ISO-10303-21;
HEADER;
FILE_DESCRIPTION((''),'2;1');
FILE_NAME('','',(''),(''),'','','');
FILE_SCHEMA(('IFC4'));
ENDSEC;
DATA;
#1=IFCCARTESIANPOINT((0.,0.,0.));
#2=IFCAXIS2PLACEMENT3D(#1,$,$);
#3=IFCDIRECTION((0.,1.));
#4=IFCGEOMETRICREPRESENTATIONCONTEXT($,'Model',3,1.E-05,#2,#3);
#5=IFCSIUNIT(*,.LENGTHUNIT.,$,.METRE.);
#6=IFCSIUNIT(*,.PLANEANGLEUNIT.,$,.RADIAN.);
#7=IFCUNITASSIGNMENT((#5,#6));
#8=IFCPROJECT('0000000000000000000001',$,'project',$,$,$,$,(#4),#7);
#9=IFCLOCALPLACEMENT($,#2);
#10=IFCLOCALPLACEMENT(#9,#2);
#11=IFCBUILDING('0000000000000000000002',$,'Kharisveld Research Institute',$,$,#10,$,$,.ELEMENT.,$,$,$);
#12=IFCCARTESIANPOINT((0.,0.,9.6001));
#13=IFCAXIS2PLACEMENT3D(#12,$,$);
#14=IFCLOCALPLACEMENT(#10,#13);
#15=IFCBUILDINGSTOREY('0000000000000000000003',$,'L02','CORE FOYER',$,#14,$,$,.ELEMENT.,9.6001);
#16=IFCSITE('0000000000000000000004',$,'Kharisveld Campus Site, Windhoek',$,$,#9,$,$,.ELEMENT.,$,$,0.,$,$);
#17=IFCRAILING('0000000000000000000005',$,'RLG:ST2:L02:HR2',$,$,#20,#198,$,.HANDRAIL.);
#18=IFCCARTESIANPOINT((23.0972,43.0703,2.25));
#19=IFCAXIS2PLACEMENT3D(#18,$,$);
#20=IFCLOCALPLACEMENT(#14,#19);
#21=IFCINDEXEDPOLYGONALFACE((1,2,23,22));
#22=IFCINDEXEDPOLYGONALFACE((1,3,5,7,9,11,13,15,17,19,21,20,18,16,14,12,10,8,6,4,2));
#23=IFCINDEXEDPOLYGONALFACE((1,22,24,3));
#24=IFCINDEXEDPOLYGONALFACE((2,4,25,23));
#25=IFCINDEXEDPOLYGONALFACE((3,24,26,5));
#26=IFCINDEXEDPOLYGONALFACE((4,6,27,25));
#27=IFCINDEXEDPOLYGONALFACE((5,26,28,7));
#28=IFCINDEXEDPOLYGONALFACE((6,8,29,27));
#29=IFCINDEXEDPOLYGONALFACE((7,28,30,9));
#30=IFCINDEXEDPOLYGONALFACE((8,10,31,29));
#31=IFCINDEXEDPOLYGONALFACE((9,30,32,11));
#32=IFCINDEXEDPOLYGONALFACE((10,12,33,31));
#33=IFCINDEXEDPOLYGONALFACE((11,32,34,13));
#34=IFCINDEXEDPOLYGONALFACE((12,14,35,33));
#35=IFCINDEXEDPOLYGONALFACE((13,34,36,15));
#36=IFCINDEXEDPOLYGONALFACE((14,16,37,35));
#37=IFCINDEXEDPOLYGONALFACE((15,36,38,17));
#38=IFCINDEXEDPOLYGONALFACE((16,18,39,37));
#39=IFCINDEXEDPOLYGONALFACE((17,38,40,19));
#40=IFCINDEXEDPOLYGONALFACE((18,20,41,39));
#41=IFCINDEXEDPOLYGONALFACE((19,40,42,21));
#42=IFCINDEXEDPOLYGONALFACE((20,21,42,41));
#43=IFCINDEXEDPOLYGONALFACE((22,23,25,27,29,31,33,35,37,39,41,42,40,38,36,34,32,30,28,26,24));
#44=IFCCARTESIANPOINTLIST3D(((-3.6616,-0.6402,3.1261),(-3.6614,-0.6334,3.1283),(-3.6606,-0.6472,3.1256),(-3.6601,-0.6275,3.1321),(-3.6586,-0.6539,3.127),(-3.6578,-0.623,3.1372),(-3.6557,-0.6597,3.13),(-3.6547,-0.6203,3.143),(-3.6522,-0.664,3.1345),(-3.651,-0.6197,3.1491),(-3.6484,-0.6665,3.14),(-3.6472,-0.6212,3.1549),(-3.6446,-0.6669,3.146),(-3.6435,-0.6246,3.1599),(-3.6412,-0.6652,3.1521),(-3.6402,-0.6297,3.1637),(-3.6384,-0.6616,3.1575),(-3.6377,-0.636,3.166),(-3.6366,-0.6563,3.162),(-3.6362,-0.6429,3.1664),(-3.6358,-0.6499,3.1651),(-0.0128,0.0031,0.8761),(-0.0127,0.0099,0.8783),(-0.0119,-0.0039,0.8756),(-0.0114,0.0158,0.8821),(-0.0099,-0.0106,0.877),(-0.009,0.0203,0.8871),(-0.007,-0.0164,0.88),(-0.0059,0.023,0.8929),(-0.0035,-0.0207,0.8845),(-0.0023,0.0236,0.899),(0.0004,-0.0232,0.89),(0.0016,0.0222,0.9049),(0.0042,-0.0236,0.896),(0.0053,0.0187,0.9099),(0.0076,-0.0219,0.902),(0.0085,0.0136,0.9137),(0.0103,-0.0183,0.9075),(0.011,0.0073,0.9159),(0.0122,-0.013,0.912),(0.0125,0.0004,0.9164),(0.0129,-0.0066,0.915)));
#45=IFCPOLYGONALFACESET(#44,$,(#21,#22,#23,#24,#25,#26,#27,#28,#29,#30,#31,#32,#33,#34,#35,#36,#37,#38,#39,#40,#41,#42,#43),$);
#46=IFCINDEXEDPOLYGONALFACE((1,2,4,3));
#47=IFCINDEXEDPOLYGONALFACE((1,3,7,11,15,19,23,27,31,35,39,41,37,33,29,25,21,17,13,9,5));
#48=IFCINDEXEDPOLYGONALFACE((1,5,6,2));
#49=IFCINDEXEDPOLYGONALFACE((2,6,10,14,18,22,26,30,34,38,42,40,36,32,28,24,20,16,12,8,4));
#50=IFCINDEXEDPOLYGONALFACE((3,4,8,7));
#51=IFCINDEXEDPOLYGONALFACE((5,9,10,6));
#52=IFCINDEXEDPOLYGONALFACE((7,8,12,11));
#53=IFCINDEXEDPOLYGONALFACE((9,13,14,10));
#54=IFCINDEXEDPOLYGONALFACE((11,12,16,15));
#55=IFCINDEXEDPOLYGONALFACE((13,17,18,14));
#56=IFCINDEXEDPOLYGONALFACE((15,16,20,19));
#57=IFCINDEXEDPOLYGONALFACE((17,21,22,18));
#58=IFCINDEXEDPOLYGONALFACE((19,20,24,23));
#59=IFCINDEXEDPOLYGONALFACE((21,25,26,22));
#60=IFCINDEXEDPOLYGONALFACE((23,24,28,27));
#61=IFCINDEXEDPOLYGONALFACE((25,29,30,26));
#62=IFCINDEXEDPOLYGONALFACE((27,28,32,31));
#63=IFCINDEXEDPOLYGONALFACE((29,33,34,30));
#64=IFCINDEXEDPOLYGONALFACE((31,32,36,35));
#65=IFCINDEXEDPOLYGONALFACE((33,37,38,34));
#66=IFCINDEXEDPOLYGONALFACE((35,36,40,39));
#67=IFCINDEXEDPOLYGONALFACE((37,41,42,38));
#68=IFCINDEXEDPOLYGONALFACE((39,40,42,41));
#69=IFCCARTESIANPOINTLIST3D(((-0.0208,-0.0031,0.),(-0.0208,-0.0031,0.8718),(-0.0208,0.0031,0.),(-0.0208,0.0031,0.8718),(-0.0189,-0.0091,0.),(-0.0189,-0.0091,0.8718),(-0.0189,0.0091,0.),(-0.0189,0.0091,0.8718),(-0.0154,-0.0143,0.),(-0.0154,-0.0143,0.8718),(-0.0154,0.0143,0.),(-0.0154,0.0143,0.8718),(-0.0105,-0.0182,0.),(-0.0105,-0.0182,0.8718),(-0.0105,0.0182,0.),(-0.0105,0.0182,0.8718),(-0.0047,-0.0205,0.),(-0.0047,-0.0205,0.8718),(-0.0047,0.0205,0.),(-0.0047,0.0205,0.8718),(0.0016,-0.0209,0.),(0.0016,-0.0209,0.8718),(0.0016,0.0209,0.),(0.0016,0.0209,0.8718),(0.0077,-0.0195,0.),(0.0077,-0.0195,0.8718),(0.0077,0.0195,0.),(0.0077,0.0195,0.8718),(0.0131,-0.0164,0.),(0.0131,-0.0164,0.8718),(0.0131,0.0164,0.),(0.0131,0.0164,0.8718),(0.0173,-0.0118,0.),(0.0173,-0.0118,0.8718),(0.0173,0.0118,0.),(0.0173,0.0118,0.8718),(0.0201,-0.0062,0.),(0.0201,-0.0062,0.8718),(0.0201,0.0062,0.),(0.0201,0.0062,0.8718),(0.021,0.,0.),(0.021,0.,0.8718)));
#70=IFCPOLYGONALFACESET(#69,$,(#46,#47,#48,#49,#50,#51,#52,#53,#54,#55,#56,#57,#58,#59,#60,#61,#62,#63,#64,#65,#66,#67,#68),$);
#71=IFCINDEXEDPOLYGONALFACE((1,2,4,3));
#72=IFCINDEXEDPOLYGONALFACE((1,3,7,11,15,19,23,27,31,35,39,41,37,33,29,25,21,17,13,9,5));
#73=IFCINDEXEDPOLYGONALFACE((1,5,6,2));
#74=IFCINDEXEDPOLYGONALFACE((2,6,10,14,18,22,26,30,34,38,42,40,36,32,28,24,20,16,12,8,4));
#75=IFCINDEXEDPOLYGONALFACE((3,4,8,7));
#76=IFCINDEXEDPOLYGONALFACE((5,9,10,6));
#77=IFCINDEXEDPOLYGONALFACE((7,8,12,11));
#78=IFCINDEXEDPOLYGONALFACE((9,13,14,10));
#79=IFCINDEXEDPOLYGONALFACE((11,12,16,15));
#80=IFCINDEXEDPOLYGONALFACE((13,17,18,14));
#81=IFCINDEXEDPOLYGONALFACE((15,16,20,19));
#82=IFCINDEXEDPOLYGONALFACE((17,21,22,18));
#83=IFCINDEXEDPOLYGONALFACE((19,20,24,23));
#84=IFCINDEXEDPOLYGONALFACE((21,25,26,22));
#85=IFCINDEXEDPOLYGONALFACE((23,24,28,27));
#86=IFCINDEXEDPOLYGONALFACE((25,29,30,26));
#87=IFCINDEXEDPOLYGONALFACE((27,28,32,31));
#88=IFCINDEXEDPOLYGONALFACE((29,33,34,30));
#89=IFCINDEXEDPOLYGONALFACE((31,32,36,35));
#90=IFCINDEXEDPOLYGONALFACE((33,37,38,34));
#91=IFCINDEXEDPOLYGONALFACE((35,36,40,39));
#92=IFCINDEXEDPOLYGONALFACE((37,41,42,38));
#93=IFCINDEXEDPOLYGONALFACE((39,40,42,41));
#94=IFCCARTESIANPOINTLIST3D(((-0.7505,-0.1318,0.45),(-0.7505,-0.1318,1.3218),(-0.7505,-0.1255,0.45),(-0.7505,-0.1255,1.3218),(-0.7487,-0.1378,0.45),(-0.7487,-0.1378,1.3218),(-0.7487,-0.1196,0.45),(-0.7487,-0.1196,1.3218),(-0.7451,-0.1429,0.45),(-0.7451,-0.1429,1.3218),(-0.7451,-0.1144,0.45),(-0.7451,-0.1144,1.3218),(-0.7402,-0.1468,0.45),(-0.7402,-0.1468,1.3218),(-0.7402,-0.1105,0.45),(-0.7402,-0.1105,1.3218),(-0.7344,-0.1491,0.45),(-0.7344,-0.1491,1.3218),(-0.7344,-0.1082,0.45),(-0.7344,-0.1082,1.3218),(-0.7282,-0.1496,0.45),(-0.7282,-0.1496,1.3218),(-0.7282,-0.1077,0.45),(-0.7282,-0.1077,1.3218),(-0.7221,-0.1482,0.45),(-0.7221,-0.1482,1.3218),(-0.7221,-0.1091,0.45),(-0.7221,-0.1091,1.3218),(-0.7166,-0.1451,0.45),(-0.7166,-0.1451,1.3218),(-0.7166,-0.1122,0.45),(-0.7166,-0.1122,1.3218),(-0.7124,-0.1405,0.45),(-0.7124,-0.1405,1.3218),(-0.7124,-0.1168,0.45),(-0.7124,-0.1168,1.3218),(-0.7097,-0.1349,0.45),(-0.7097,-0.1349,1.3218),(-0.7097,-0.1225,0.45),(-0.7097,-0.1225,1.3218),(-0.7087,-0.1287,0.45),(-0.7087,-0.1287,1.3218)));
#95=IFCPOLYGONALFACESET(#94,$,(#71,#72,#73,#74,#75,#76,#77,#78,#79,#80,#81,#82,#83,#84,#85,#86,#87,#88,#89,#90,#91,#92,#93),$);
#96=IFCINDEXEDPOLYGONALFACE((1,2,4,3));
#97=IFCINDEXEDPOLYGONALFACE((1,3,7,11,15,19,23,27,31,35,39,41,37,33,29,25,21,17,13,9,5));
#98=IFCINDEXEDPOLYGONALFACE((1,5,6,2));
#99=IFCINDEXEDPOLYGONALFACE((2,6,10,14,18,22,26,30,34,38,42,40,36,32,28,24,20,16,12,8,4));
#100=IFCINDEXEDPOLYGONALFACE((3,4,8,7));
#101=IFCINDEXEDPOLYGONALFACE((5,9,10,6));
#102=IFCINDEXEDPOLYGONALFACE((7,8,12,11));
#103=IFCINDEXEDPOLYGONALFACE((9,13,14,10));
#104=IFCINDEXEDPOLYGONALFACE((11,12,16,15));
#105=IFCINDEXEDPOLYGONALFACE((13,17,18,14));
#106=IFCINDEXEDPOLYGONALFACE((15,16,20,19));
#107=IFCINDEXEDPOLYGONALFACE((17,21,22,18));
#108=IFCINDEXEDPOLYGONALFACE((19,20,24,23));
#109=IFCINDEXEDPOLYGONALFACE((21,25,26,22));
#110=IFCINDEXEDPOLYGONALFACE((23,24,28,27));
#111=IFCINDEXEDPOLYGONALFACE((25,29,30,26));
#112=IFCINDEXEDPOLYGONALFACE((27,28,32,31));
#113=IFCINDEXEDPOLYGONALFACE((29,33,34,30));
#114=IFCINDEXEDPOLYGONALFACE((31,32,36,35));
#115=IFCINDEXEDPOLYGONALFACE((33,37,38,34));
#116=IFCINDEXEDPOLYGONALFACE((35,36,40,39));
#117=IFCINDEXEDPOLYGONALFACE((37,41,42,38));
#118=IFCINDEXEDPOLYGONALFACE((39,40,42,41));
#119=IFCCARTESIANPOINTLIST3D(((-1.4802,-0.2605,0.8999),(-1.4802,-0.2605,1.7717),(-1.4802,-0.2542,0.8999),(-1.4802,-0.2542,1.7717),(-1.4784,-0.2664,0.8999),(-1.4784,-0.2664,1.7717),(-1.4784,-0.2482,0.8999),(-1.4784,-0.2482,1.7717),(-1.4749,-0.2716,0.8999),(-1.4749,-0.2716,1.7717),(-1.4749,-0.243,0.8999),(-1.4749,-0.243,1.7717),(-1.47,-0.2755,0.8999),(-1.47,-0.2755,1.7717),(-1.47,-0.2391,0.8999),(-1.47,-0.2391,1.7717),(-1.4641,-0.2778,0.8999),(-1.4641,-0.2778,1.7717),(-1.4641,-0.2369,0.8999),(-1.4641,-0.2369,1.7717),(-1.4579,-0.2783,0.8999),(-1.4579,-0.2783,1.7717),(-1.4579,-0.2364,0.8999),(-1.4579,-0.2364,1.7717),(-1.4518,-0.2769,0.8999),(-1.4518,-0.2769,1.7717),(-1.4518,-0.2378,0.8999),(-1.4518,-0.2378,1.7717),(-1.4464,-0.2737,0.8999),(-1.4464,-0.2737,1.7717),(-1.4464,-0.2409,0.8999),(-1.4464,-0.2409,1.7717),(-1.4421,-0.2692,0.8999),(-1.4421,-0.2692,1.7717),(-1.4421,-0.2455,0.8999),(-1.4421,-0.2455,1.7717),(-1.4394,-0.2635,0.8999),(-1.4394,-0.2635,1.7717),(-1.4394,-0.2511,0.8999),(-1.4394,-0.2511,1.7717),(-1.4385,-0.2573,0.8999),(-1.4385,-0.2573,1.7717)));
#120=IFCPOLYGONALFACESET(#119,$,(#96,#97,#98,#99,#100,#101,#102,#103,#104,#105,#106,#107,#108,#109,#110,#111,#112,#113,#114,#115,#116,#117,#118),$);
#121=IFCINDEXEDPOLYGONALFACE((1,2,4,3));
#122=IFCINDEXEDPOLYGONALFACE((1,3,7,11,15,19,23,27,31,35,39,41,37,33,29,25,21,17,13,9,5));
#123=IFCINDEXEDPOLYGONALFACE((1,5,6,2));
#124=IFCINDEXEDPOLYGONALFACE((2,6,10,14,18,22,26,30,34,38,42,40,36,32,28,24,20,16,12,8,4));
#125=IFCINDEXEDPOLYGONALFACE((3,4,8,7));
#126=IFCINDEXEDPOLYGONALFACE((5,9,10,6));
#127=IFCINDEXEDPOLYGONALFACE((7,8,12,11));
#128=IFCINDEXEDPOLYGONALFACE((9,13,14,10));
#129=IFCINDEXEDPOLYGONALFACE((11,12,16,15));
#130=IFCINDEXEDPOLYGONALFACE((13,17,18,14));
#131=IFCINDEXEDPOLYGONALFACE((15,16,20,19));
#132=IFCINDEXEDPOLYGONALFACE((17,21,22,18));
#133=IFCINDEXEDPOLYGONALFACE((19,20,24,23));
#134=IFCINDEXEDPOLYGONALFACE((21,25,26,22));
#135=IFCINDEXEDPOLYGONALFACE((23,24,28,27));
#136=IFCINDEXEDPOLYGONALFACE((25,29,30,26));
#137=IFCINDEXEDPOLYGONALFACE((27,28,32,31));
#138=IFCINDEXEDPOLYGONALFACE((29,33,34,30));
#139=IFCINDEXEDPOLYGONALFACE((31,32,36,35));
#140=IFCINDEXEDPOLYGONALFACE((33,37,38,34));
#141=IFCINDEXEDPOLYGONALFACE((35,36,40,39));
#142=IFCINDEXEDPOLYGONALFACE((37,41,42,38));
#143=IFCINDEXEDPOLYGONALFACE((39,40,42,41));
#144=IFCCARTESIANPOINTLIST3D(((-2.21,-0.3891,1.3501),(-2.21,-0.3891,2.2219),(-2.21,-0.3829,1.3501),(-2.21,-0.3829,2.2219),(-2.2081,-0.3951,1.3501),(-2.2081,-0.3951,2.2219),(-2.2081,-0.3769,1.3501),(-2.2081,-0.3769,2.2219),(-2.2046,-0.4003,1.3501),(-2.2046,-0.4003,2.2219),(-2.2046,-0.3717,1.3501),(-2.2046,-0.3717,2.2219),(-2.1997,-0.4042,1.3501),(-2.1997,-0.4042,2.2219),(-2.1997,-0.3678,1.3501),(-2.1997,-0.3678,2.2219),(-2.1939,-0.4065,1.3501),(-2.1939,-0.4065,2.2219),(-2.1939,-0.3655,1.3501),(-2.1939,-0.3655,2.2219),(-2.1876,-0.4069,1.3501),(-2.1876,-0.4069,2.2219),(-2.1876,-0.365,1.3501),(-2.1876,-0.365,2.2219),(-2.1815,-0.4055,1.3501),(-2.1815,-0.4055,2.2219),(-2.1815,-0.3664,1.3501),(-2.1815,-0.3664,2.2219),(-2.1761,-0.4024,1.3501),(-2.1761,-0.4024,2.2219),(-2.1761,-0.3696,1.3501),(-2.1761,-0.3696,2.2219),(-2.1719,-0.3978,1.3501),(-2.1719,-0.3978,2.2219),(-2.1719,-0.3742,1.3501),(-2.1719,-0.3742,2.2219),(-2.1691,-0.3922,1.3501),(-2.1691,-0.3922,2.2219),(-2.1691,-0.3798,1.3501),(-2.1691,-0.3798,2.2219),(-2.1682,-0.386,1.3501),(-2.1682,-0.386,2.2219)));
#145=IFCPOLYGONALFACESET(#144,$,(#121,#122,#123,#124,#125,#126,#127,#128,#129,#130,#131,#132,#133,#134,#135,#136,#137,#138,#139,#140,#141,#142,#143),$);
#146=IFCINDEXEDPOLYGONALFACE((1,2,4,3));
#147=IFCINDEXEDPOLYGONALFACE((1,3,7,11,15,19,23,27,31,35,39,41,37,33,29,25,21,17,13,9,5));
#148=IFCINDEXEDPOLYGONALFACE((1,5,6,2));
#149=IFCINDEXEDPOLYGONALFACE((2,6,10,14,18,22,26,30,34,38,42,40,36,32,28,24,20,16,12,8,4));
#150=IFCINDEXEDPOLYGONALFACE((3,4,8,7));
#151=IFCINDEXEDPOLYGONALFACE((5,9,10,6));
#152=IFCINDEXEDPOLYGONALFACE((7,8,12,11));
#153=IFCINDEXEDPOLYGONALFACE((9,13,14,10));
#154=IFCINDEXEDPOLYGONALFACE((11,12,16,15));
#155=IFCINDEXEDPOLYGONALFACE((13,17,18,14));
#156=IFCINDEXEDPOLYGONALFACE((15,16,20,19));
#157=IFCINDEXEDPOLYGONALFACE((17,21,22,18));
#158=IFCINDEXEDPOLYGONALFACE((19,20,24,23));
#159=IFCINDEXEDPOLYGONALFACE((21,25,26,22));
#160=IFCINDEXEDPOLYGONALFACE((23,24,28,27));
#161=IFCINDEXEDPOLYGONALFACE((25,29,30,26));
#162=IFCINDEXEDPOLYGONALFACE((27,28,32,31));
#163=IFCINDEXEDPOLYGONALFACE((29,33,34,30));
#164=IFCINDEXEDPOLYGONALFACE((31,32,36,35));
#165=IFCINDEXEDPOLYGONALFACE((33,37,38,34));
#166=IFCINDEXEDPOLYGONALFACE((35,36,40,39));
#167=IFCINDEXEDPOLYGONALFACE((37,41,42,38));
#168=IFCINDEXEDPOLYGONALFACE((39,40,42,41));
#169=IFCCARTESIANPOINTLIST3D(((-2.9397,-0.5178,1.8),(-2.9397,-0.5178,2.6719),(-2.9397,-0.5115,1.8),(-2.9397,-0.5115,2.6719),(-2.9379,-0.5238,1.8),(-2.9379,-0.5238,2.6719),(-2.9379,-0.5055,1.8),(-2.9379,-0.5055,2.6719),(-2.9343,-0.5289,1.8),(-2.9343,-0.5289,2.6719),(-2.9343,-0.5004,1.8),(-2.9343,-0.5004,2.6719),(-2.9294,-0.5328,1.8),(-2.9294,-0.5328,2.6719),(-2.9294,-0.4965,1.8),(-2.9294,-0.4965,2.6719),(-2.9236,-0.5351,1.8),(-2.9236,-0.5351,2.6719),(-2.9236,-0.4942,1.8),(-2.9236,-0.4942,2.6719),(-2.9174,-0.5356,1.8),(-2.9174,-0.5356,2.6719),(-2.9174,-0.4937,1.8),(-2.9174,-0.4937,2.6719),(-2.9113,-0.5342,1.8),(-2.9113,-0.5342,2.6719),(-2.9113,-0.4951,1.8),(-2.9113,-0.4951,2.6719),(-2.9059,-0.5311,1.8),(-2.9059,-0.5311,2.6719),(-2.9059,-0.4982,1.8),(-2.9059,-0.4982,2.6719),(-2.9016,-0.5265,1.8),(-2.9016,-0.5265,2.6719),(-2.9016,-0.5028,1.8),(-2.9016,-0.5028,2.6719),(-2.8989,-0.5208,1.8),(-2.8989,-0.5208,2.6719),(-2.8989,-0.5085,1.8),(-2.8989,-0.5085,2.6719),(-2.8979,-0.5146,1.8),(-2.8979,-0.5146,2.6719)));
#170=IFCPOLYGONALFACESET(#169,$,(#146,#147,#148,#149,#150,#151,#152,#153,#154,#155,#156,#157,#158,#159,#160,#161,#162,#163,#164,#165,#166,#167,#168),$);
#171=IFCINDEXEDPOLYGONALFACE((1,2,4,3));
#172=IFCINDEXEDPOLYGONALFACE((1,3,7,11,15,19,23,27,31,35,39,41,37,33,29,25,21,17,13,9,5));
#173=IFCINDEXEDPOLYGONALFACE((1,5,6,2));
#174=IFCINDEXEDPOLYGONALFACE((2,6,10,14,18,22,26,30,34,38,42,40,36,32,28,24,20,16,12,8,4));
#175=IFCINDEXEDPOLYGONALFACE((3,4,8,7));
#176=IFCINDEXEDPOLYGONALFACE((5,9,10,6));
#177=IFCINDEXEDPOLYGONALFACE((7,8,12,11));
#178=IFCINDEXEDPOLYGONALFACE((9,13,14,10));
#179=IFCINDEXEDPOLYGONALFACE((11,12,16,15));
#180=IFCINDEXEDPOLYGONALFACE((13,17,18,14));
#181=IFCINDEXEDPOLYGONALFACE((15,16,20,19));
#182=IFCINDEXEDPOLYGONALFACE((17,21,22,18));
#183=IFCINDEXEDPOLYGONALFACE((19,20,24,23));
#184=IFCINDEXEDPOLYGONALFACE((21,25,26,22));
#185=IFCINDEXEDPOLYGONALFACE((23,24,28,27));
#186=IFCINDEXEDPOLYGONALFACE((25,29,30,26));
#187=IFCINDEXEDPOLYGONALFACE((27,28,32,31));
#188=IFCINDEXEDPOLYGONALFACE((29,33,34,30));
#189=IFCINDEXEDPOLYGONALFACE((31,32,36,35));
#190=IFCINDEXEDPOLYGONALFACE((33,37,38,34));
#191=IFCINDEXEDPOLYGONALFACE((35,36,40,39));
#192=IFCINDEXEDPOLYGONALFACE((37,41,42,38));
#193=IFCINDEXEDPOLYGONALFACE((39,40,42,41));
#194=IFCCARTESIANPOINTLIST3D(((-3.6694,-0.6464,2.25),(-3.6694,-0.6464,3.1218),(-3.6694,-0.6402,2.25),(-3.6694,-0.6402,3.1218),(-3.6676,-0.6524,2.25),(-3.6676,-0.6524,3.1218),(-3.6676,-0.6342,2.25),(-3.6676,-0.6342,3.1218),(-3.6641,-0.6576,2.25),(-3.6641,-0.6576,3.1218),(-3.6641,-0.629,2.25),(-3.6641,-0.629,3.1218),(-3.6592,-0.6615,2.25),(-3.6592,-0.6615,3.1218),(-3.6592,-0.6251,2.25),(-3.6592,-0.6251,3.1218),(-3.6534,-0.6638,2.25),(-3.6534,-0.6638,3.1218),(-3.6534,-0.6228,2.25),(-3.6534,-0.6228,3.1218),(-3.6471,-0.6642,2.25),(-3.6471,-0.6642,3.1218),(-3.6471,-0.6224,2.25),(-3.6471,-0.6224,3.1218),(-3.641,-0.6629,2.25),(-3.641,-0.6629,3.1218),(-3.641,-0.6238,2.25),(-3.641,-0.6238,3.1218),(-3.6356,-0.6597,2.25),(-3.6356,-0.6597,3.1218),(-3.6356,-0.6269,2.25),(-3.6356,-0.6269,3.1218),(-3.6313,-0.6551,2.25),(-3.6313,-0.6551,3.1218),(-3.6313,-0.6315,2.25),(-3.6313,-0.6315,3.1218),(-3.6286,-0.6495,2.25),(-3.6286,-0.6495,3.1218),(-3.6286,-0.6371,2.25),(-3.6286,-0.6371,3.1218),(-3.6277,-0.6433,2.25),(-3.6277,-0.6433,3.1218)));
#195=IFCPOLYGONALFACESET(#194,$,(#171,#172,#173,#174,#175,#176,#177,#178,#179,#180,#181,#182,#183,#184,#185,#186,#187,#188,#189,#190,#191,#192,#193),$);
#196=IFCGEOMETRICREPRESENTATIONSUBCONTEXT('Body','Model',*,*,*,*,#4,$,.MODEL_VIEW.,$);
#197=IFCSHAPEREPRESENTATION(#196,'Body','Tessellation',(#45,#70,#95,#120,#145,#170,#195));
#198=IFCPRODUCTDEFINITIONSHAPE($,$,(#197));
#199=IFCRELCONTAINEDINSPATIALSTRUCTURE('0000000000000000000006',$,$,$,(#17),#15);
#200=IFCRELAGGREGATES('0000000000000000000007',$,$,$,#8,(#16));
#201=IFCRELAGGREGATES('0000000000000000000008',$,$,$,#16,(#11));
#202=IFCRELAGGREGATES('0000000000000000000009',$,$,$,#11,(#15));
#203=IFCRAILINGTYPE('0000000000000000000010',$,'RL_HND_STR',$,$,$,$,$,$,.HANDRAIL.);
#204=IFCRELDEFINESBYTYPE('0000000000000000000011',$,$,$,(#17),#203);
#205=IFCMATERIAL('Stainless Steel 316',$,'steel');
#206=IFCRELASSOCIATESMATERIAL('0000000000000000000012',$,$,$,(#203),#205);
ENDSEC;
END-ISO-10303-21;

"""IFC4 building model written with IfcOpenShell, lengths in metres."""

from ifc_helpers import new_model, si_unit, direction, frame, origin, origin_2d, place, context, subcontext, project, spatial, circle, extrude, material, type_object, element, save


model = new_model("IFC4")

# Units and contexts
model_context = context("Model", 3, precision=1e-05, world=origin(), true_north=direction((0.0, 1.0)))
body_context = subcontext(model_context, "Body", "Model", "MODEL_VIEW")
ifc_project = project(units=[si_unit("LENGTHUNIT", "METRE"), si_unit("PLANEANGLEUNIT", "RADIAN")], contexts=[model_context])

# Site, building, storey
site_placement = place(None, origin())
site = spatial("IfcSite", under=ifc_project, at=site_placement, Name="Kharisveld Campus Site, Windhoek", CompositionType="ELEMENT", RefElevation=0.0)
building_placement = place(site_placement, origin())
building = spatial("IfcBuilding", under=site, at=building_placement, Name="Kharisveld Research Institute", CompositionType="ELEMENT")
storey_placement = place(building_placement, frame((0.0, 0.0, 9.6001)))
storey = spatial("IfcBuildingStorey", under=building, at=storey_placement, Name="L02", Description="CORE FOYER", CompositionType="ELEMENT", Elevation=9.6001)

# Railing
ifc_material_1 = material(Name="Stainless Steel 316", Category="steel")
railing_type = type_object("IfcRailingType", Name="RL_HND_STR", PredefinedType="HANDRAIL", material=ifc_material_1)
railing_placement = place(storey_placement, frame((23.0972, 43.0703, 2.25)))
element("IfcRailing", 1, at=railing_placement, inside=storey, type_object=railing_type, Name="RLG:ST2:L02:HR2", PredefinedType="HANDRAIL", context=body_context, shape_type="SweptSolid", body=[
    extrude(circle(Radius=0.0239, at=origin_2d()), frame((0.0, 0.0, 0.896), z_axis=(-0.841747, -0.148411, 0.519073), x_axis=(0.173635, -0.98481, 0.0)), (0.0, 0.0, 1.0), 4.3347),
    extrude(circle(Radius=0.021, at=origin_2d()), origin(), (0.0, 0.0, 1.0), 0.8718),
    extrude(circle(Radius=0.021, at=origin_2d()), frame((-0.7297, -0.1287, 0.45)), (0.0, 0.0, 1.0), 0.8718),
    extrude(circle(Radius=0.021, at=origin_2d()), frame((-1.4595, -0.2573, 0.8999)), (0.0, 0.0, 1.0), 0.8718),
    extrude(circle(Radius=0.021, at=origin_2d()), frame((-2.1892, -0.386, 1.3501)), (0.0, 0.0, 1.0), 0.8718),
    extrude(circle(Radius=0.021, at=origin_2d()), frame((-2.9189, -0.5146, 1.8)), (0.0, 0.0, 1.0), 0.8718),
    extrude(circle(Radius=0.021, at=origin_2d()), frame((-3.6487, -0.6433, 2.25)), (0.0, 0.0, 1.0), 0.8718),
])

save(model, "model.ifc")
